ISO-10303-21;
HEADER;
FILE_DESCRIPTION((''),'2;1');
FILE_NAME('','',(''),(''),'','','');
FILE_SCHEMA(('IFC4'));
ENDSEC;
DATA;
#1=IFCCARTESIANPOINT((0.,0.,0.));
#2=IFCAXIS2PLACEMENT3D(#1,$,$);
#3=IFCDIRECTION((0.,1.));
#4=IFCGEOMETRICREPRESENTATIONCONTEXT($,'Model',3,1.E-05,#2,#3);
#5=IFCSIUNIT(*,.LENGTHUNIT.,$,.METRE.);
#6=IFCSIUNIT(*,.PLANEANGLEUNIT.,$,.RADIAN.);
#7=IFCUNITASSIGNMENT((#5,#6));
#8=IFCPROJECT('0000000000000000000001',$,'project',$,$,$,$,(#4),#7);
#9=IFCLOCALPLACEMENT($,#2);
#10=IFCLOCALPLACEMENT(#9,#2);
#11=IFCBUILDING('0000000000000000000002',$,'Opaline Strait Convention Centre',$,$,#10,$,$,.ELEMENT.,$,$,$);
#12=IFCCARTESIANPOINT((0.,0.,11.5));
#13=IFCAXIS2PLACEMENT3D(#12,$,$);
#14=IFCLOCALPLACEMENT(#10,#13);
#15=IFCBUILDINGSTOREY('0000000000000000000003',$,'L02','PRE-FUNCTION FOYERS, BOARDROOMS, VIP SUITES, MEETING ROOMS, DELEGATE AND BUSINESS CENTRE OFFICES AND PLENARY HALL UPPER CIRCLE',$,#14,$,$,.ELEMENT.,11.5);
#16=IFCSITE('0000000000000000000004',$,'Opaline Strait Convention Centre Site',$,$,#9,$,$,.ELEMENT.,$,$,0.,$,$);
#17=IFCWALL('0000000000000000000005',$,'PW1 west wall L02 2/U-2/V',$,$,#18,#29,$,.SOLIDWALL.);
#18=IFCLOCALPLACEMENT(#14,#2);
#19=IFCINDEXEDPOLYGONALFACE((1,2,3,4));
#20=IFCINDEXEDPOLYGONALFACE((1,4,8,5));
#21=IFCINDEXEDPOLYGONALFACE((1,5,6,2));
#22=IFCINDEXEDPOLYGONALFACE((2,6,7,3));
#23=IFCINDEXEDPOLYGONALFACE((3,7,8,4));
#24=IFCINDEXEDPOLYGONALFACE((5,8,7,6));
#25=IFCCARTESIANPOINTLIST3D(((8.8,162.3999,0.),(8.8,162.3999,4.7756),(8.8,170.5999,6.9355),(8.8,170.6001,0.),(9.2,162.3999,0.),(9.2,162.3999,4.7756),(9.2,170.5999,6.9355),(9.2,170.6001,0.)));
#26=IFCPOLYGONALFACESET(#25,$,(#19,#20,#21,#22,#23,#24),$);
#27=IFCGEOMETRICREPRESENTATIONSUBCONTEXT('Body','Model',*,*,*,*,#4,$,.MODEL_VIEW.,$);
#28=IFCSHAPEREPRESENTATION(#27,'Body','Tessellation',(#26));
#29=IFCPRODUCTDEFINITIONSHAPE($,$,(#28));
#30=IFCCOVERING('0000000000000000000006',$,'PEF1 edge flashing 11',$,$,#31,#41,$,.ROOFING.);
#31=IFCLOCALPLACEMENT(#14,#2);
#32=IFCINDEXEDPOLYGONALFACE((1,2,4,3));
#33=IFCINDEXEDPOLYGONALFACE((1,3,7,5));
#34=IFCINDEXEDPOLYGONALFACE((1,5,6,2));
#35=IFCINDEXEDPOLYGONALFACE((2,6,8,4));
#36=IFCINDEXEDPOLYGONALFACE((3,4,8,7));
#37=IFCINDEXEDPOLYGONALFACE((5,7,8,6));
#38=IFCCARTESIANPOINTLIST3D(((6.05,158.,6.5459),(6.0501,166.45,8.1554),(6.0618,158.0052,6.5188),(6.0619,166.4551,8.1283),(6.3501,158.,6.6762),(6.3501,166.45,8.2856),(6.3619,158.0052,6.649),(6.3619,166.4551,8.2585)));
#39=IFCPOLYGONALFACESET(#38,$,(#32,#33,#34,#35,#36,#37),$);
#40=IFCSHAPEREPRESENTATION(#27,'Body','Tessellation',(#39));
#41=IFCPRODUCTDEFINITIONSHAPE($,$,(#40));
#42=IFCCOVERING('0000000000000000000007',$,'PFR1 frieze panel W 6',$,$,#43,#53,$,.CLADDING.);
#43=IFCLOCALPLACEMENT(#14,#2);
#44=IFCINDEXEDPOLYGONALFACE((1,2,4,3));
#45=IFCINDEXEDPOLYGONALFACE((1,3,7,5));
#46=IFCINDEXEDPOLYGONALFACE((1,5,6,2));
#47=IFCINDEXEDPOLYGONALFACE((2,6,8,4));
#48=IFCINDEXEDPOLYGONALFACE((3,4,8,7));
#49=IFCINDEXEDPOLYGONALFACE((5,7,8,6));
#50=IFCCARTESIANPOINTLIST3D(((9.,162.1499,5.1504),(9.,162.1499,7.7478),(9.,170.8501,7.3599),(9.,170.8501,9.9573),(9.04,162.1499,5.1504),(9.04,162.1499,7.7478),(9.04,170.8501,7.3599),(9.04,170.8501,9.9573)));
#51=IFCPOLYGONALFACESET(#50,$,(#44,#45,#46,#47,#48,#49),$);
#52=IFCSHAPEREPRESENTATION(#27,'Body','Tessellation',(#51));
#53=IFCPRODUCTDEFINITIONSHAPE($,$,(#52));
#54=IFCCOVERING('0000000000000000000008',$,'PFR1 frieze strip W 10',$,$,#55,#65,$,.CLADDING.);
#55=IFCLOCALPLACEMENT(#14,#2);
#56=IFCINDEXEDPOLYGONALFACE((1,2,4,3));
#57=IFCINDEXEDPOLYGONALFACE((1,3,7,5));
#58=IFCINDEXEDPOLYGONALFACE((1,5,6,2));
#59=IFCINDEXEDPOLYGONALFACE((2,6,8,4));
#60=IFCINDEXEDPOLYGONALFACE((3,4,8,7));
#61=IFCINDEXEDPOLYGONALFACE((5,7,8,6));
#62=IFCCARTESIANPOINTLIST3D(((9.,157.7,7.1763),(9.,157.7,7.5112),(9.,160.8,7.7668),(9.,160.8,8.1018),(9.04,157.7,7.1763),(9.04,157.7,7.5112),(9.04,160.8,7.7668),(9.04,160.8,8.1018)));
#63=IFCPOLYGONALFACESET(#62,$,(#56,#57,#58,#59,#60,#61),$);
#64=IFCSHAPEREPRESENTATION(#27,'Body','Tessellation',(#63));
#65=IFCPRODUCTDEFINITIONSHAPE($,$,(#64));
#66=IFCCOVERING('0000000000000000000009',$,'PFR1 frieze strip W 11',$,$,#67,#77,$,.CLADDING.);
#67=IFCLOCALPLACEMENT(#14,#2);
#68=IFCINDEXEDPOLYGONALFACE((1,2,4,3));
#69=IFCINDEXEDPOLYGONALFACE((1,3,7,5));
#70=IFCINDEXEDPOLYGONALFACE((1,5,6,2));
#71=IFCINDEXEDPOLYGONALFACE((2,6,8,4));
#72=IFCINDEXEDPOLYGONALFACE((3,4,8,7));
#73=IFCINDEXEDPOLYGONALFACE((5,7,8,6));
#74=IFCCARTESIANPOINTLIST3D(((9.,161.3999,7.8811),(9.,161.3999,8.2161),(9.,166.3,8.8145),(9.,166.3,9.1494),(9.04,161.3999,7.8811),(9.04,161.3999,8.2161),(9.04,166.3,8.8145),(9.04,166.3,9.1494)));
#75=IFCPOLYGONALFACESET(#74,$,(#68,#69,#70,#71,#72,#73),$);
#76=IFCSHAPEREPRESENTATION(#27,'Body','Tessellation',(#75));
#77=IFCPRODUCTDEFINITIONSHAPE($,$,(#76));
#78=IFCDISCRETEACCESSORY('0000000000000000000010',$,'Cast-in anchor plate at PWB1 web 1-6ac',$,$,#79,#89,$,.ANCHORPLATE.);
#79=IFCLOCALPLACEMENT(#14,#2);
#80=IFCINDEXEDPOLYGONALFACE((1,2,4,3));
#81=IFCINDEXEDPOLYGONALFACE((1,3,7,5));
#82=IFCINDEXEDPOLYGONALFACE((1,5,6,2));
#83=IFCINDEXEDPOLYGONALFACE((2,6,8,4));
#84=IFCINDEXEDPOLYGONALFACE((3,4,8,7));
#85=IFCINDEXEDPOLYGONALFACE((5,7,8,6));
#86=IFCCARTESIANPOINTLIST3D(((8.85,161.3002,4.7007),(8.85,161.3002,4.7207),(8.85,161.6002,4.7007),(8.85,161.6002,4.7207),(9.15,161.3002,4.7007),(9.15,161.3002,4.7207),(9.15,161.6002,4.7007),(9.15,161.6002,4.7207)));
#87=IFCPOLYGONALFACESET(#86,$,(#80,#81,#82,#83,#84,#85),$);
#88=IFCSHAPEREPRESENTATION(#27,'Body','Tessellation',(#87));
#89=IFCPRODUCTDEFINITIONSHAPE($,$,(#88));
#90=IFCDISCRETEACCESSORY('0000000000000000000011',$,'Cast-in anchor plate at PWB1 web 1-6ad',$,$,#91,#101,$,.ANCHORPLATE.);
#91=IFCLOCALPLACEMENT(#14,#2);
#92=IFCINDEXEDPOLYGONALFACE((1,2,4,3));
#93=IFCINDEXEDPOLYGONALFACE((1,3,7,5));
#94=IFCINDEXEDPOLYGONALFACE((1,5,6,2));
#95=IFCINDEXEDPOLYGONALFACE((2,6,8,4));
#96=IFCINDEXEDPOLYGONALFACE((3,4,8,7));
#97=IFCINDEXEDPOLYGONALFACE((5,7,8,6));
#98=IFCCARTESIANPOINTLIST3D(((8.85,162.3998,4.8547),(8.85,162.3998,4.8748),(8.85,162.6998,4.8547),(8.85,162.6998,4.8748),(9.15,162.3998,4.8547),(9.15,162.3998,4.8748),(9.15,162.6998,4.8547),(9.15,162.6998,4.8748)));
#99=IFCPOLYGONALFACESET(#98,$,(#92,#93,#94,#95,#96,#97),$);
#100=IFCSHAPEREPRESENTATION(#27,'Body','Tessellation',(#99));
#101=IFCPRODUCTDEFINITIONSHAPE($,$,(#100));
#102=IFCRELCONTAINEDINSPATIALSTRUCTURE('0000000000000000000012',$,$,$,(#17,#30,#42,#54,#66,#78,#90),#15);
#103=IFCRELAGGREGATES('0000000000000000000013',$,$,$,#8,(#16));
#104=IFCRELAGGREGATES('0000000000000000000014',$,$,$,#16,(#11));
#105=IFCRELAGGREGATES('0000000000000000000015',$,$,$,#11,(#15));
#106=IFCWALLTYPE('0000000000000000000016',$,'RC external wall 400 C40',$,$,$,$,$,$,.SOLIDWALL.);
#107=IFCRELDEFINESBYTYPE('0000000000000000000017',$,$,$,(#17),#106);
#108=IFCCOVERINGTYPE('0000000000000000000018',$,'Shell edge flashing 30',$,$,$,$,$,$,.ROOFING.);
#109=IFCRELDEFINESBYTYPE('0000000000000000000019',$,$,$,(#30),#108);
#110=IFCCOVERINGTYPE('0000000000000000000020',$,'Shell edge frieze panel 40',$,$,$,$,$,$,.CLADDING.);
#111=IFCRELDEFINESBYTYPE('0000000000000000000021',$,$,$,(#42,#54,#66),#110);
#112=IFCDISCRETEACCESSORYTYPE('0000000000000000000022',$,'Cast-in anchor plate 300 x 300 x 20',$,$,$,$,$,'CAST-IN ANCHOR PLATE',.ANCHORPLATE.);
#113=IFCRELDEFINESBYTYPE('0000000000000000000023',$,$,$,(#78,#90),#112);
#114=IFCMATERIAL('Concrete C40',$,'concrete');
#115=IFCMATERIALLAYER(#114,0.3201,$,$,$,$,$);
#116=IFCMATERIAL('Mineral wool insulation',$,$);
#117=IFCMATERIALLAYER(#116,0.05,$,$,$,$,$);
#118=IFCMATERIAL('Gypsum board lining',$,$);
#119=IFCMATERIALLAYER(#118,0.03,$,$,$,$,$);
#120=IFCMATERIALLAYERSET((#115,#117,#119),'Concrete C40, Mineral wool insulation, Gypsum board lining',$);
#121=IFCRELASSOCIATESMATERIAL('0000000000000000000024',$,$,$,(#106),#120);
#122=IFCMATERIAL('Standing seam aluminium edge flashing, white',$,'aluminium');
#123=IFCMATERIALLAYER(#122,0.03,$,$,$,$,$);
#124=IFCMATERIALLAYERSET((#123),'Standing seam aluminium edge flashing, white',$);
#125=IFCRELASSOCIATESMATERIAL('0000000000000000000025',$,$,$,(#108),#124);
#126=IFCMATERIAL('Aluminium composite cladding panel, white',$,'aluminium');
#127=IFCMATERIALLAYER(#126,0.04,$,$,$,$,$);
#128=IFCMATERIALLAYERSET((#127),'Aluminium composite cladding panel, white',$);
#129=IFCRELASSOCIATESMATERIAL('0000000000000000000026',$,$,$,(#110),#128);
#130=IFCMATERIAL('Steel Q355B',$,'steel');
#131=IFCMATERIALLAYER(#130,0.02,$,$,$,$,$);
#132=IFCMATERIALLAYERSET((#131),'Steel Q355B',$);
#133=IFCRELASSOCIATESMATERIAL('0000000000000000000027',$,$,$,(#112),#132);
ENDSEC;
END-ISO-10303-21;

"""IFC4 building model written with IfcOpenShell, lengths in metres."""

from ifc_helpers import new_model, si_unit, direction, frame, origin, origin_2d, place, context, subcontext, project, spatial, polyline, rectangle, outline, extrude, material, layer, layer_set, type_object, element, save


model = new_model("IFC4")

# Units and contexts
model_context = context("Model", 3, precision=1e-05, world=origin(), true_north=direction((0.0, 1.0)))
body_context = subcontext(model_context, "Body", "Model", "MODEL_VIEW")
ifc_project = project(units=[si_unit("LENGTHUNIT", "METRE"), si_unit("PLANEANGLEUNIT", "RADIAN")], contexts=[model_context])

# Site, building, storey
site_placement = place(None, origin())
site = spatial("IfcSite", under=ifc_project, at=site_placement, Name="Opaline Strait Convention Centre Site", CompositionType="ELEMENT", RefElevation=0.0)
building_placement = place(site_placement, origin())
building = spatial("IfcBuilding", under=site, at=building_placement, Name="Opaline Strait Convention Centre", CompositionType="ELEMENT")
storey_placement = place(building_placement, frame((0.0, 0.0, 11.5)))
storey = spatial("IfcBuildingStorey", under=building, at=storey_placement, Name="L02", Description="PRE-FUNCTION FOYERS, BOARDROOMS, VIP SUITES, MEETING ROOMS, DELEGATE AND BUSINESS CENTRE OFFICES AND PLENARY HALL UPPER CIRCLE", CompositionType="ELEMENT", Elevation=11.5)

# Shared definitions
ifc_material_1 = material(Name="Concrete C40", Category="concrete")

# Shared definitions
ifc_material_2 = material(Name="Steel Q355B", Category="steel")

# Wall
ifc_layer_1 = layer(ifc_material_1, 0.3201)
ifc_material_3 = material(Name="Mineral wool insulation")
ifc_layer_2 = layer(ifc_material_3, 0.05)
ifc_material_4 = material(Name="Gypsum board lining")
ifc_layer_3 = layer(ifc_material_4, 0.03)
ifc_layer_set_1 = layer_set([ifc_layer_1, ifc_layer_2, ifc_layer_3], Name="Concrete C40, Mineral wool insulation, Gypsum board lining")
wall_type = type_object("IfcWallType", Name="RC external wall 400 C40", PredefinedType="SOLIDWALL", material=ifc_layer_set_1)
wall_placement = place(storey_placement, frame((9.0, 162.3999, 0.0), z_axis=(0.0, 0.0, 1.0), x_axis=(0.0, 1.0, 0.0)))
element("IfcWall", 1, at=wall_placement, inside=storey, type_object=wall_type, Name="PW1 west wall L02 2/U-2/V", PredefinedType="SOLIDWALL", context=body_context, shape_type="SweptSolid", body=[
    extrude(outline(polyline([(0.0, 0.0), (8.2002, 0.0), (8.2, 6.9355), (0.0, 4.7756), (0.0, 0.0)])), frame((0.0, 0.2, 0.0), z_axis=(0.0, -1.0, 0.0), x_axis=(1.0, 0.0, 0.0)), (0.0, 0.0, 1.0), 0.3999),
])

# Coverings
ifc_material_5 = material(Name="Standing seam aluminium edge flashing, white", Category="aluminium")
ifc_layer_4 = layer(ifc_material_5, 0.03)
ifc_layer_set_2 = layer_set([ifc_layer_4], Name="Standing seam aluminium edge flashing, white")
covering_type_1 = type_object("IfcCoveringType", Name="Shell edge flashing 30", PredefinedType="ROOFING", material=ifc_layer_set_2)
covering_1_placement = place(storey_placement, frame((6.05, 158.0, 6.5459), z_axis=(-0.392252, -0.172115, 0.903612), x_axis=(0.917297, 0.000058, 0.398203)))
element("IfcCovering", 2, at=covering_1_placement, inside=storey, type_object=covering_type_1, Name="PEF1 edge flashing 11", PredefinedType="ROOFING", context=body_context, shape_type="SweptSolid", body=[
    extrude(outline(polyline([(0.0, 0.0), (0.3271, 0.0), (0.9685, 8.5779), (0.6414, 8.5779), (0.0, 0.0)])), origin(), (0.0, 0.0, -1.0), 0.03),
])
ifc_material_6 = material(Name="Aluminium composite cladding panel, white", Category="aluminium")
ifc_layer_5 = layer(ifc_material_6, 0.04)
ifc_layer_set_3 = layer_set([ifc_layer_5], Name="Aluminium composite cladding panel, white")
covering_type_2 = type_object("IfcCoveringType", Name="Shell edge frieze panel 40", PredefinedType="CLADDING", material=ifc_layer_set_3)
covering_2_placement = place(storey_placement, frame((9.0, 162.1499, 7.7478), z_axis=(-1.0, 0.0, 0.0), x_axis=(0.0, 0.969233, 0.246143)))
element("IfcCovering", 3, at=covering_2_placement, inside=storey, type_object=covering_type_2, Name="PFR1 frieze panel W 6", PredefinedType="CLADDING", context=body_context, shape_type="SweptSolid", body=[
    extrude(outline(polyline([(0.0, 0.0), (8.9764, 0.0), (8.337, 2.5175), (-0.6393, 2.5175), (0.0, 0.0)])), origin(), (0.0, 0.0, -1.0), 0.04),
])
covering_3_placement = place(storey_placement, frame((9.0, 157.7, 7.5112), z_axis=(-1.0, 0.0, 0.0), x_axis=(0.0, 0.982334, 0.187137)))
element("IfcCovering", 4, at=covering_3_placement, inside=storey, type_object=covering_type_2, Name="PFR1 frieze strip W 10", PredefinedType="CLADDING", context=body_context, shape_type="SweptSolid", body=[
    extrude(outline(polyline([(0.0, 0.0), (3.1558, 0.0), (3.0932, 0.329), (-0.0627, 0.329), (0.0, 0.0)])), origin(), (0.0, 0.0, -1.0), 0.04),
])
covering_4_placement = place(storey_placement, frame((9.0, 161.3999, 8.2161), z_axis=(-1.0, 0.0, 0.0), x_axis=(0.0, 0.982339, 0.18711)))
element("IfcCovering", 5, at=covering_4_placement, inside=storey, type_object=covering_type_2, Name="PFR1 frieze strip W 11", PredefinedType="CLADDING", context=body_context, shape_type="SweptSolid", body=[
    extrude(outline(polyline([(0.0, 0.0), (4.9882, 0.0), (4.9256, 0.329), (-0.0627, 0.329), (0.0, 0.0)])), origin(), (0.0, 0.0, -1.0), 0.04),
])

# Discrete accessories
ifc_layer_6 = layer(ifc_material_2, 0.02)
ifc_layer_set_4 = layer_set([ifc_layer_6], Name="Steel Q355B")
discrete_accessory_type = type_object("IfcDiscreteAccessoryType", Name="Cast-in anchor plate 300 x 300 x 20", ElementType="CAST-IN ANCHOR PLATE", PredefinedType="ANCHORPLATE", material=ifc_layer_set_4)
for number, where, z_axis, x_axis, name in (
    (6, (9.0, 161.4502, 4.7007), (0.0, 0.0, 1.0), (1.0, 0.0, 0.0), "Cast-in anchor plate at PWB1 web 1-6ac"),
    (7, (9.0, 162.5498, 4.8547), (0.0, 0.0, 1.0), (1.0, 0.0, 0.0), "Cast-in anchor plate at PWB1 web 1-6ad"),
):
    element("IfcDiscreteAccessory", number, at=place(storey_placement, frame(where, z_axis=z_axis, x_axis=x_axis)), inside=storey, type_object=discrete_accessory_type, Name=name, PredefinedType="ANCHORPLATE", context=body_context, shape_type="SweptSolid", body=[
        extrude(rectangle(XDim=0.3, YDim=0.3, at=origin_2d()), origin(), (0.0, 0.0, 1.0), 0.02),
    ])

save(model, "model.ifc")
